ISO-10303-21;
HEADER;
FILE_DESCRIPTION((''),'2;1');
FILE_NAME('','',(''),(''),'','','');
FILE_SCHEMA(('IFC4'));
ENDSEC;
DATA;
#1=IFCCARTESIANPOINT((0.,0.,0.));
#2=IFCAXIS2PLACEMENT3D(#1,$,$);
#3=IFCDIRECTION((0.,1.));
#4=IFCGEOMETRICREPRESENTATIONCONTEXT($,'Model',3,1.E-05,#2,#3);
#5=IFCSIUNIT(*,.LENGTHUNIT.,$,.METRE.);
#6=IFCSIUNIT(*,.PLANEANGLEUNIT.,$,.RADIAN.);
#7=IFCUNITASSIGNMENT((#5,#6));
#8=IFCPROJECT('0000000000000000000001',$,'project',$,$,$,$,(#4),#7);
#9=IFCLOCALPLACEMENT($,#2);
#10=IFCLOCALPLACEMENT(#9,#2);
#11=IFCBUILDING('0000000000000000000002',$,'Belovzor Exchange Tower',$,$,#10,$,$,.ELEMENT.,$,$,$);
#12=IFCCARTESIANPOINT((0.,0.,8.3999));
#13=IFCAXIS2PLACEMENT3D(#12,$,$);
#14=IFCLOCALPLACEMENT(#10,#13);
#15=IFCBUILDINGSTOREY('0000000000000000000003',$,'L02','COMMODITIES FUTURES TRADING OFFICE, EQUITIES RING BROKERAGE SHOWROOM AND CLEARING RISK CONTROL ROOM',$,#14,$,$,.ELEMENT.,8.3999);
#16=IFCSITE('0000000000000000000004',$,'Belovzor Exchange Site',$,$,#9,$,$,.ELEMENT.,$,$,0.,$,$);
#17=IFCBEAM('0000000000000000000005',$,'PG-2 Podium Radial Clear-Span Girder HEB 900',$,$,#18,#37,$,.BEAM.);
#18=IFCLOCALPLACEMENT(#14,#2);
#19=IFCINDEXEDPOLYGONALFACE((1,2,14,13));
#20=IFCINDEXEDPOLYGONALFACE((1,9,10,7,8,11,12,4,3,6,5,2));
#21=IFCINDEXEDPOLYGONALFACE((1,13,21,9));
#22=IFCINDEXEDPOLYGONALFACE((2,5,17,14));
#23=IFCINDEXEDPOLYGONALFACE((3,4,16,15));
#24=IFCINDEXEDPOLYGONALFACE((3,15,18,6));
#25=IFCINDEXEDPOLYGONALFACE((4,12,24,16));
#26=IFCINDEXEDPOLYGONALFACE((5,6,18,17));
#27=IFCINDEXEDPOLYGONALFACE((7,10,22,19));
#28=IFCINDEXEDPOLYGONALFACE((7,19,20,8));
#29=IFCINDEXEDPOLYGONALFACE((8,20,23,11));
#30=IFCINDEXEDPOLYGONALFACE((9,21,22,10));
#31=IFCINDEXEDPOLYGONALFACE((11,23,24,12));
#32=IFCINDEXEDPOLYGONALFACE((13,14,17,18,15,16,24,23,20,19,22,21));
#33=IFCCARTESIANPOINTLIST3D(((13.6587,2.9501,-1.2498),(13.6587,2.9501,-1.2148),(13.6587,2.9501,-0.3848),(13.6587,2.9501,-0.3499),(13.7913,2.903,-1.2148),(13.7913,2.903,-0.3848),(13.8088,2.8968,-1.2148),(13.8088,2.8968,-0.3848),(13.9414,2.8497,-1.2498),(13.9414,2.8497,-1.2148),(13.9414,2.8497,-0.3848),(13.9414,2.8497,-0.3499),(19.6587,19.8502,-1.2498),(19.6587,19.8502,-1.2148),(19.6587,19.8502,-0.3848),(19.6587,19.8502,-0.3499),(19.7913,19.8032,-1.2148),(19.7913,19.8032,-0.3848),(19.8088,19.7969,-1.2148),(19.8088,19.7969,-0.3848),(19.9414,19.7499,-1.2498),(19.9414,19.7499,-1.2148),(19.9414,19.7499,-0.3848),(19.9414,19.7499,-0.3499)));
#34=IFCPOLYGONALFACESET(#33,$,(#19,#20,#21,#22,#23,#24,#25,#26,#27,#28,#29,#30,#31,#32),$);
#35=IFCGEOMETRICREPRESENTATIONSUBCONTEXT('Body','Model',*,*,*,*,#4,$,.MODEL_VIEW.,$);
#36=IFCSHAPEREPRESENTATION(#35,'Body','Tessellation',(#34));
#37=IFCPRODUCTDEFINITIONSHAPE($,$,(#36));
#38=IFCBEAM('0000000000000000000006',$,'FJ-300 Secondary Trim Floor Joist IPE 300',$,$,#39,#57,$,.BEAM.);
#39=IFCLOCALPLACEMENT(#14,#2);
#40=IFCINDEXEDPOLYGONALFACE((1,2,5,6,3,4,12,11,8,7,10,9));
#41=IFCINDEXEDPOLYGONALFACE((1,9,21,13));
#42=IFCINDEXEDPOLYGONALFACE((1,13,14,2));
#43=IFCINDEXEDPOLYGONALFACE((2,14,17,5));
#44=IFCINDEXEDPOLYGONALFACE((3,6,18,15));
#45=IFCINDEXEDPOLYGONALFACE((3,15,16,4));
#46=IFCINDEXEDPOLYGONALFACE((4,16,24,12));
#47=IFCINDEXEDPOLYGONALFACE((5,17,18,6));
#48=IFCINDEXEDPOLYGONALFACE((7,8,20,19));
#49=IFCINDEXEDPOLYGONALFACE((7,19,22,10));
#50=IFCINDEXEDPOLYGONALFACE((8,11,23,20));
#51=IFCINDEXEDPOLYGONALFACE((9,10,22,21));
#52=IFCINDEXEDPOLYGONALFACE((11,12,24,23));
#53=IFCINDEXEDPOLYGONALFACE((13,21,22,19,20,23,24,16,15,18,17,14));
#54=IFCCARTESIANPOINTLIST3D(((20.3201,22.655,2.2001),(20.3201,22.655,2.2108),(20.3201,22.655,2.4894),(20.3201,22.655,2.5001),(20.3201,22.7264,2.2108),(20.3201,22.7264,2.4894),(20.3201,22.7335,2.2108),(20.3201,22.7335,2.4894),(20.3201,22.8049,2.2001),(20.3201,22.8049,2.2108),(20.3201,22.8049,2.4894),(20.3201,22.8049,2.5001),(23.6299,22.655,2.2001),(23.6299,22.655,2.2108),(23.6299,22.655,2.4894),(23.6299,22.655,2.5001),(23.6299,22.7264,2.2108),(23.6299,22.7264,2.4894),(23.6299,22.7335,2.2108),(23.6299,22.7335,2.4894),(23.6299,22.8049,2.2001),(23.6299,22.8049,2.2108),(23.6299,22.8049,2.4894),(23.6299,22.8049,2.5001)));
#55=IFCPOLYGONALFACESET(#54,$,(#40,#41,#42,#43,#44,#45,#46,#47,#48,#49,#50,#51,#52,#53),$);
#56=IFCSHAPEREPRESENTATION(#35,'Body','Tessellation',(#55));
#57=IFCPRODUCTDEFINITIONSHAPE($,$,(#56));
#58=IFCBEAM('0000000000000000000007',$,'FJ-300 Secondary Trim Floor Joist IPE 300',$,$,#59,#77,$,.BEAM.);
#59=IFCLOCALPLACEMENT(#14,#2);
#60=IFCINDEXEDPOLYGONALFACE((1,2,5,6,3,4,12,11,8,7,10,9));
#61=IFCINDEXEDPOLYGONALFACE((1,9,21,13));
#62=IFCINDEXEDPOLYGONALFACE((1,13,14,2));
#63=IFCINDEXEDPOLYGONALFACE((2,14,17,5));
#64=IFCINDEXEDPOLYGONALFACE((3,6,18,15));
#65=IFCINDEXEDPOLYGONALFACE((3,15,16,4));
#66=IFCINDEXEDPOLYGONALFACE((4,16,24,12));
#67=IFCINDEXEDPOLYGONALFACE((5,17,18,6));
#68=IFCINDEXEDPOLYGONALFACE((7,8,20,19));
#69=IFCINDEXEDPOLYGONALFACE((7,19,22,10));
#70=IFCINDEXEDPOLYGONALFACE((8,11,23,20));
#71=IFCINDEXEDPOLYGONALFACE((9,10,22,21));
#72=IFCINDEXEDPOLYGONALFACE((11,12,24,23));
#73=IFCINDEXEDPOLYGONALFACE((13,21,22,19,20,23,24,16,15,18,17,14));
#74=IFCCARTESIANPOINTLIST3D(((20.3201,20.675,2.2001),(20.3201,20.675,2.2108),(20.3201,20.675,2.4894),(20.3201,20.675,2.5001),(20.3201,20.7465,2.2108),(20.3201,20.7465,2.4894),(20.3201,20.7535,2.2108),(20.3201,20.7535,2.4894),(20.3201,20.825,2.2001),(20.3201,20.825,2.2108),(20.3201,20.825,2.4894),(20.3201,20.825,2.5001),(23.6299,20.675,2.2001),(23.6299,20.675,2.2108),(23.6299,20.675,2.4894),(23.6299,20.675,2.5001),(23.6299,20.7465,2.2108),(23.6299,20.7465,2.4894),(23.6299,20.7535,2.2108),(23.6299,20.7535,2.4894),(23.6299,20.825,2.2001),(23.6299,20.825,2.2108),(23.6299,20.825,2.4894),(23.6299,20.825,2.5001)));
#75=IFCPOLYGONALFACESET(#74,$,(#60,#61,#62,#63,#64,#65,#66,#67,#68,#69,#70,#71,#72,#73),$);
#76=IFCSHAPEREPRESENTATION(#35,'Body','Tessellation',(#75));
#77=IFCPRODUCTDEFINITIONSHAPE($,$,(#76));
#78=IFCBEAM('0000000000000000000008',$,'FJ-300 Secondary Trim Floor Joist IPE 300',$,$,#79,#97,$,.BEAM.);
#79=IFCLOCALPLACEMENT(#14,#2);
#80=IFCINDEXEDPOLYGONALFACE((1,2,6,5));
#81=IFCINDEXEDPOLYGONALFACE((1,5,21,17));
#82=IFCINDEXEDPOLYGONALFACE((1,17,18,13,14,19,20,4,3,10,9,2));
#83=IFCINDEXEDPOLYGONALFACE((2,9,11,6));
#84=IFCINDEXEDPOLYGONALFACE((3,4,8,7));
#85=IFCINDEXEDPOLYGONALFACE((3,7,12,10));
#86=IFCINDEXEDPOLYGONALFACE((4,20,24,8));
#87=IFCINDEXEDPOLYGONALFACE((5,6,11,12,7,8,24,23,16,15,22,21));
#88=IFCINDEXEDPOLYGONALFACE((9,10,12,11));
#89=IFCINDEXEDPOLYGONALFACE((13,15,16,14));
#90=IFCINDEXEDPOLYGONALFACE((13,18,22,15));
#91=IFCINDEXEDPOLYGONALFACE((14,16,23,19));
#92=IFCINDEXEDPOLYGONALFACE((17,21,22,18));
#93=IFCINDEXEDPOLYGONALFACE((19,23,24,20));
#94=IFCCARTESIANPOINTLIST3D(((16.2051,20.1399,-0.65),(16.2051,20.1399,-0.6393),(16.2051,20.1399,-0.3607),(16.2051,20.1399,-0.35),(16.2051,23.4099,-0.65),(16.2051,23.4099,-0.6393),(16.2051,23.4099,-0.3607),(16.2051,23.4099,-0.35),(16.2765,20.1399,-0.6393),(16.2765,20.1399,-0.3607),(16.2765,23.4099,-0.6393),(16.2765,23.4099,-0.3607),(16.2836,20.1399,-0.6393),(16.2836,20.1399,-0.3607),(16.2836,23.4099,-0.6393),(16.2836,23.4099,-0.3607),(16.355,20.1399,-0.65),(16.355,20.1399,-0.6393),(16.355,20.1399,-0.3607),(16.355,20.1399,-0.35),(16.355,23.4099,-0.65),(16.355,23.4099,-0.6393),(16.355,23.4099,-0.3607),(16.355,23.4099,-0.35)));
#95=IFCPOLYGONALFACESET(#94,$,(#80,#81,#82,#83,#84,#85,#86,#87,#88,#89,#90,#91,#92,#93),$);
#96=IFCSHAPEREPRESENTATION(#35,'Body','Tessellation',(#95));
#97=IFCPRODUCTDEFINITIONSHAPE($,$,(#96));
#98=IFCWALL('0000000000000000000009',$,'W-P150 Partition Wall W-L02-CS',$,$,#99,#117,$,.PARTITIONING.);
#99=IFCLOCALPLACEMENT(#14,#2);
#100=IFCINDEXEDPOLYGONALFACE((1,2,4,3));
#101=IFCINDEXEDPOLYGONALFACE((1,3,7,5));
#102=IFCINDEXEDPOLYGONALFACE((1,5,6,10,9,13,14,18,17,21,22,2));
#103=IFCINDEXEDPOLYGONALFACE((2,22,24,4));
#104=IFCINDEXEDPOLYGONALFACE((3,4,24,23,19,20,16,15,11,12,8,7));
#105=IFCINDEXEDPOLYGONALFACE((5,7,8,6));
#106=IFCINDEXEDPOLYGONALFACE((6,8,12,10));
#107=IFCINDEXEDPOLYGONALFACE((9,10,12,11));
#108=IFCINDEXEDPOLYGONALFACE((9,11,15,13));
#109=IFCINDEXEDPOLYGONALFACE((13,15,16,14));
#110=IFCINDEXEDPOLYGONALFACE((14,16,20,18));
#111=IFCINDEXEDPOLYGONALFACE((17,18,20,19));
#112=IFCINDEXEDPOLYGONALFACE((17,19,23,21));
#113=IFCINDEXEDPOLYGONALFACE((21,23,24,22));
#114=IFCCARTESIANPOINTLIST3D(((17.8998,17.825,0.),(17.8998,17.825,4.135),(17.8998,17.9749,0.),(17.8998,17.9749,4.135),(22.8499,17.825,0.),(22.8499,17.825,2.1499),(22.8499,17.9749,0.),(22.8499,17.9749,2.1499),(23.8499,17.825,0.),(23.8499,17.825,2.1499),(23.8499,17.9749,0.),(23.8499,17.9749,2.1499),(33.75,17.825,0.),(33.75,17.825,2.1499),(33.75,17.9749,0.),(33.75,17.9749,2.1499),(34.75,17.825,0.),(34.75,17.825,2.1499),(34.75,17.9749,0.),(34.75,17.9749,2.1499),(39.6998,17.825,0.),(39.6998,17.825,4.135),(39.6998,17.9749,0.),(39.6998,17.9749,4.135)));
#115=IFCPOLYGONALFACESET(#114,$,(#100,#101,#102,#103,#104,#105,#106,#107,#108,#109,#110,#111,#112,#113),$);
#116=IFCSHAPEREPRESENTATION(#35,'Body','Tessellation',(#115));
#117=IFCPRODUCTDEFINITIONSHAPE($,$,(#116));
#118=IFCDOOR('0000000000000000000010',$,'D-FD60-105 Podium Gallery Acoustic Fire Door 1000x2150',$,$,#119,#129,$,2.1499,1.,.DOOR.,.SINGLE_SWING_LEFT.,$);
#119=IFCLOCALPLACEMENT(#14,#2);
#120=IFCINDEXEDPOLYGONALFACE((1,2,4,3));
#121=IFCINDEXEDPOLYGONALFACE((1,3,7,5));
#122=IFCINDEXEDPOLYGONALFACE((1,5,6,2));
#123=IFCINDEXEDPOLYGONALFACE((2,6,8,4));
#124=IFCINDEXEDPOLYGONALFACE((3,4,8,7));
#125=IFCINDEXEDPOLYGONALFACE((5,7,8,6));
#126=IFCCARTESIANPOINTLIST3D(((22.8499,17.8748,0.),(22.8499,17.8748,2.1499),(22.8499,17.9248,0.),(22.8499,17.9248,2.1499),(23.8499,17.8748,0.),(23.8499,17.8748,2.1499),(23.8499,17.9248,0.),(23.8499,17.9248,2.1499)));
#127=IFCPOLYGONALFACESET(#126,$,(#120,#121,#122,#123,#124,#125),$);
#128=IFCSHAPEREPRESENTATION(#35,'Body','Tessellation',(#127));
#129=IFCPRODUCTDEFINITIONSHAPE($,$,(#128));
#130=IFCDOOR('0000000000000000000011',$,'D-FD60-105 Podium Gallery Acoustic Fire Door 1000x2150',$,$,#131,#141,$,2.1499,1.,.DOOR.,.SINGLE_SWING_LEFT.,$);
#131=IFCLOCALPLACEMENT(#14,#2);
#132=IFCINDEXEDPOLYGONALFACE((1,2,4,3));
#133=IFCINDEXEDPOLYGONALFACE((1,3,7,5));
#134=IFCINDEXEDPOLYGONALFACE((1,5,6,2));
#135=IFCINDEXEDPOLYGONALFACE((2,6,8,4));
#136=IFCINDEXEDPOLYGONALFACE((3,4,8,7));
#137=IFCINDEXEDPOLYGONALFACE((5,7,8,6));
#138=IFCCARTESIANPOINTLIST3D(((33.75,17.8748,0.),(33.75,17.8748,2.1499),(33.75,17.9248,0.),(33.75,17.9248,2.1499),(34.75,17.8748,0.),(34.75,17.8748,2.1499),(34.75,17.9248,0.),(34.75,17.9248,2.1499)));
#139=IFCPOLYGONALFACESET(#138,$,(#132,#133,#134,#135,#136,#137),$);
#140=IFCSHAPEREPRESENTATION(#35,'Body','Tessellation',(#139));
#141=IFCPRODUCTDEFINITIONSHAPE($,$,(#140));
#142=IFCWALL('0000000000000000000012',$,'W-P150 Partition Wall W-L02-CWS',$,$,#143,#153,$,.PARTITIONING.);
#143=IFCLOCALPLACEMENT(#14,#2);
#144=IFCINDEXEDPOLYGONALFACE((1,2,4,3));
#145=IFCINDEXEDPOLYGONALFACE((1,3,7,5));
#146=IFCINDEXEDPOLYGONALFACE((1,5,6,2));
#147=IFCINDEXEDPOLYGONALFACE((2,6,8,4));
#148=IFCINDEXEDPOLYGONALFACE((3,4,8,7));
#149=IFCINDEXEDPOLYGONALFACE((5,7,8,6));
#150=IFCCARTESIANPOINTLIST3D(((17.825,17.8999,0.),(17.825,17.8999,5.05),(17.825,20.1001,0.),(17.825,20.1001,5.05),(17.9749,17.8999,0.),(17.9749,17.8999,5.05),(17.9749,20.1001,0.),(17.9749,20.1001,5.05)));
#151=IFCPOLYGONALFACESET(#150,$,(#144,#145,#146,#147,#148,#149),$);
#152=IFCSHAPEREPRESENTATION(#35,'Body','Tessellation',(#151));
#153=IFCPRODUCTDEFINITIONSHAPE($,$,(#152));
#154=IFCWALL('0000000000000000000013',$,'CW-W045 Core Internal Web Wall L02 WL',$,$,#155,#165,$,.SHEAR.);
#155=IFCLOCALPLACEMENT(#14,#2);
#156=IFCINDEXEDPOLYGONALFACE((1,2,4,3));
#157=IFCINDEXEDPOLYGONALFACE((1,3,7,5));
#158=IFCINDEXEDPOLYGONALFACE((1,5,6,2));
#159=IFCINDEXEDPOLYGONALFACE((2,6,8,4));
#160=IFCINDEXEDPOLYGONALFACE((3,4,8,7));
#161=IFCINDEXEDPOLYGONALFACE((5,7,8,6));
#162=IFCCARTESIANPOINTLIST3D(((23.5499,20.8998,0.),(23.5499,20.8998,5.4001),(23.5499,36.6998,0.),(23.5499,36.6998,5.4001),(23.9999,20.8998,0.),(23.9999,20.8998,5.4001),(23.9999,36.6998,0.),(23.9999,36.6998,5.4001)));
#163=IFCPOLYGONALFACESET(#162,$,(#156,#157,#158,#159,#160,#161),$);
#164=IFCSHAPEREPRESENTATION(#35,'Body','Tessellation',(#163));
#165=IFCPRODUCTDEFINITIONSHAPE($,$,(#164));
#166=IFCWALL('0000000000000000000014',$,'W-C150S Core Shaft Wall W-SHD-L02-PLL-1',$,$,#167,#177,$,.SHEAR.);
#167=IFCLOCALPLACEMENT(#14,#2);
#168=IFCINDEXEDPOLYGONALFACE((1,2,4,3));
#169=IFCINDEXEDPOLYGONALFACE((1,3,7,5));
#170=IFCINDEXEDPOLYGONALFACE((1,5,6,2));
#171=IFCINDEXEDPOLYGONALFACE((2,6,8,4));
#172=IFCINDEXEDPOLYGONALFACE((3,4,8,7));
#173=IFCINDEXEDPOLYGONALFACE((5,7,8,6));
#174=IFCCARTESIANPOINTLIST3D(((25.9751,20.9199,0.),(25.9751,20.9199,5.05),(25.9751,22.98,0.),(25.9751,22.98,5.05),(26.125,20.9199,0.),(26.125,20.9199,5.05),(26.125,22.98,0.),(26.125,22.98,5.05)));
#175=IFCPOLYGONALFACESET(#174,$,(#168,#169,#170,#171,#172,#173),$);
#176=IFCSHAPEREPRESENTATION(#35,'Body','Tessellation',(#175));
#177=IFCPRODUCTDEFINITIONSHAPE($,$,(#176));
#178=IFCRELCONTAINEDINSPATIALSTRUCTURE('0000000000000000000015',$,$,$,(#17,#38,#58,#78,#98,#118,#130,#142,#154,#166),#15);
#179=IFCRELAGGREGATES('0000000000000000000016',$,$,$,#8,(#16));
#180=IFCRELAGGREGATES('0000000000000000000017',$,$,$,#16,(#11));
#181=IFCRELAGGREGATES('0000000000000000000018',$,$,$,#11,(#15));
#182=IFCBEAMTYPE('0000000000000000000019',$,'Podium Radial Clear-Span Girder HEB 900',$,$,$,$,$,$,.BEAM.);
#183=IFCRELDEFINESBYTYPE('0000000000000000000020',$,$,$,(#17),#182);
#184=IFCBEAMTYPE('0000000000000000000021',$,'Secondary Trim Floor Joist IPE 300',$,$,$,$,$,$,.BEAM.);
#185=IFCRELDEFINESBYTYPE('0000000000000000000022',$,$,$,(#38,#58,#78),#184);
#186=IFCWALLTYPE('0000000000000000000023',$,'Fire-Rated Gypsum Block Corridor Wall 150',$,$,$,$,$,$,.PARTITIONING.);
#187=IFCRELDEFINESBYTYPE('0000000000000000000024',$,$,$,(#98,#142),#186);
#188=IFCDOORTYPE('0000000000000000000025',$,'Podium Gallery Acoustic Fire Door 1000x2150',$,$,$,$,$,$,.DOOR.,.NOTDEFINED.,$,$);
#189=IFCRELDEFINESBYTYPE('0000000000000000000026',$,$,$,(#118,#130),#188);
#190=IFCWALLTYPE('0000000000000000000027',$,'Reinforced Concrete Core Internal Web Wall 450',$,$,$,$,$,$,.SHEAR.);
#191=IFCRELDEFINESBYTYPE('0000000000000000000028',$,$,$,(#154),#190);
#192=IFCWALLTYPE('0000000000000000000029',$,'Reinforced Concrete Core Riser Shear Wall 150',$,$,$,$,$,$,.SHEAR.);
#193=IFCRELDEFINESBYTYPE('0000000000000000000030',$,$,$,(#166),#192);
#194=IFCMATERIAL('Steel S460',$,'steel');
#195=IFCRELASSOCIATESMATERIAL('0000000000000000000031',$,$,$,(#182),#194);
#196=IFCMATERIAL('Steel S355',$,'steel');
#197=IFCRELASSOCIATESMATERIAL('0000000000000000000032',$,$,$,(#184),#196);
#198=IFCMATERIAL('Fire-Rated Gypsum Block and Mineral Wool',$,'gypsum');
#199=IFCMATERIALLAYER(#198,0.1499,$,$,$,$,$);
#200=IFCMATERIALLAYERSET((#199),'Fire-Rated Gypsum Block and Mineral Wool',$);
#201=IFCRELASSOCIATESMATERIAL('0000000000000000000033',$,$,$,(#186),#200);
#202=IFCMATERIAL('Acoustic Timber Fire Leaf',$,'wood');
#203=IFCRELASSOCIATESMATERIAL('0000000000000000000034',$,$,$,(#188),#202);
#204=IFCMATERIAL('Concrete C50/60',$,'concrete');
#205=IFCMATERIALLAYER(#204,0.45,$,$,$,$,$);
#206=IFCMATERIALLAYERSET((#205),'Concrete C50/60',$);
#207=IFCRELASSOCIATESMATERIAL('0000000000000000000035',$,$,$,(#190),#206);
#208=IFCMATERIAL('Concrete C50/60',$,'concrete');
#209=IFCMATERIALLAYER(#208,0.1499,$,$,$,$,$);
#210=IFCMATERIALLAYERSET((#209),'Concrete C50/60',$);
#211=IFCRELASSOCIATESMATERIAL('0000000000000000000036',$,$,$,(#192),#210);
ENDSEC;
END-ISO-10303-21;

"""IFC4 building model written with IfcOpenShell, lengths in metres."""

from ifc_helpers import new_model, si_unit, direction, frame, frame_2d, origin, origin_2d, place, context, subcontext, project, spatial, rectangle, i_section, extrude, material, layer, layer_set, material_profile, profile_set, type_object, element, fill, save


model = new_model("IFC4")

# Units and contexts
model_context = context("Model", 3, precision=1e-05, world=origin(), true_north=direction((0.0, 1.0)))
body_context = subcontext(model_context, "Body", "Model", "MODEL_VIEW")
ifc_project = project(units=[si_unit("LENGTHUNIT", "METRE"), si_unit("PLANEANGLEUNIT", "RADIAN")], contexts=[model_context])

# Site, building, storey
site_placement = place(None, origin())
site = spatial("IfcSite", under=ifc_project, at=site_placement, Name="Belovzor Exchange Site", CompositionType="ELEMENT", RefElevation=0.0)
building_placement = place(site_placement, origin())
building = spatial("IfcBuilding", under=site, at=building_placement, Name="Belovzor Exchange Tower", CompositionType="ELEMENT")
storey_placement = place(building_placement, frame((0.0, 0.0, 8.3999)))
storey = spatial("IfcBuildingStorey", under=building, at=storey_placement, Name="L02", Description="COMMODITIES FUTURES TRADING OFFICE, EQUITIES RING BROKERAGE SHOWROOM AND CLEARING RISK CONTROL ROOM", CompositionType="ELEMENT", Elevation=8.3999)

# Beams
ifc_material_1 = material(Name="Steel S460", Category="steel")
ifc_material_profile_1 = material_profile(ifc_material_1, i_section(OverallWidth=0.3, OverallDepth=0.8999, WebThickness=0.0186, FlangeThickness=0.0349, at=origin_2d()))
ifc_profile_set_1 = profile_set([ifc_material_profile_1], Name="Steel S460")
beam_type_1 = type_object("IfcBeamType", Name="Podium Radial Clear-Span Girder HEB 900", PredefinedType="BEAM", material=ifc_profile_set_1)
beam_1_placement = place(storey_placement, frame((19.8, 19.8, -0.7998), z_axis=(-0.334567, -0.942372, 0.0), x_axis=(0.942372, -0.334567, 0.0)))
element("IfcBeam", 1, at=beam_1_placement, inside=storey, type_object=beam_type_1, Name="PG-2 Podium Radial Clear-Span Girder HEB 900", PredefinedType="BEAM", context=body_context, shape_type="SweptSolid", body=[
    extrude(i_section(OverallWidth=0.3, OverallDepth=0.8999, WebThickness=0.0186, FlangeThickness=0.0349, at=origin_2d()), origin(), (0.0, 0.0, 1.0), 17.9336),
])
ifc_material_2 = material(Name="Steel S355", Category="steel")
ifc_material_profile_2 = material_profile(ifc_material_2, i_section(OverallWidth=0.1499, OverallDepth=0.3, WebThickness=0.0071, FlangeThickness=0.0107, at=origin_2d()))
ifc_profile_set_2 = profile_set([ifc_material_profile_2], Name="Steel S355")
beam_type_2 = type_object("IfcBeamType", Name="Secondary Trim Floor Joist IPE 300", PredefinedType="BEAM", material=ifc_profile_set_2)
for number, where, z_axis, x_axis, name in (
    (2, (20.3201, 22.73, 2.3501), (1.0, 0.0, 0.0), (0.0, 1.0, 0.0), "FJ-300 Secondary Trim Floor Joist IPE 300"),
    (3, (20.3201, 20.75, 2.3501), (1.0, 0.0, 0.0), (0.0, 1.0, 0.0), "FJ-300 Secondary Trim Floor Joist IPE 300"),
):
    element("IfcBeam", number, at=place(storey_placement, frame(where, z_axis=z_axis, x_axis=x_axis)), inside=storey, type_object=beam_type_2, Name=name, PredefinedType="BEAM", context=body_context, shape_type="SweptSolid", body=[
        extrude(i_section(OverallWidth=0.1499, OverallDepth=0.3, WebThickness=0.0071, FlangeThickness=0.0107, at=origin_2d()), origin(), (0.0, 0.0, 1.0), 3.3098),
    ])
beam_2_placement = place(storey_placement, frame((16.28, 23.4099, -0.5), z_axis=(0.0, -1.0, 0.0), x_axis=(1.0, 0.0, 0.0)))
element("IfcBeam", 4, at=beam_2_placement, inside=storey, type_object=beam_type_2, Name="FJ-300 Secondary Trim Floor Joist IPE 300", PredefinedType="BEAM", context=body_context, shape_type="SweptSolid", body=[
    extrude(i_section(OverallWidth=0.1499, OverallDepth=0.3, WebThickness=0.0071, FlangeThickness=0.0107, at=origin_2d()), origin(), (0.0, 0.0, 1.0), 3.27),
])

# Wall, openings, doors
ifc_material_3 = material(Name="Fire-Rated Gypsum Block and Mineral Wool", Category="gypsum")
ifc_layer_1 = layer(ifc_material_3, 0.1499)
ifc_layer_set_1 = layer_set([ifc_layer_1], Name="Fire-Rated Gypsum Block and Mineral Wool")
wall_type_1 = type_object("IfcWallType", Name="Fire-Rated Gypsum Block Corridor Wall 150", PredefinedType="PARTITIONING", material=ifc_layer_set_1)
wall_1_placement = place(storey_placement, frame((17.8999, 17.8999, 0.0), z_axis=(0.0, 0.0, 1.0), x_axis=(1.0, 0.0, 0.0)))
wall_1 = element("IfcWall", 5, at=wall_1_placement, inside=storey, type_object=wall_type_1, Name="W-P150 Partition Wall W-L02-CS", PredefinedType="PARTITIONING", context=body_context, shape_type="SweptSolid", body=[
    extrude(rectangle(XDim=21.8, YDim=0.1499, at=frame_2d((10.8999, 0.0))), origin(), (0.0, 0.0, 1.0), 4.135),
])
opening_1_placement = place(wall_1_placement, frame((4.95, 0.0, 0.0)))
opening_1 = element("IfcOpeningElement", 6, at=opening_1_placement, cuts=wall_1, PredefinedType="OPENING", context=body_context, shape_type="SweptSolid", body=[
    extrude(rectangle(XDim=1.0, YDim=2.1499, at=frame_2d((0.5, 1.075))), frame((0.0, 0.085, 0.0), z_axis=(0.0, -1.0, 0.0), x_axis=(1.0, 0.0, 0.0)), (0.0, 0.0, 1.0), 0.1699),
])
opening_2_placement = place(wall_1_placement, frame((15.8501, 0.0, 0.0)))
opening_2 = element("IfcOpeningElement", 7, at=opening_2_placement, cuts=wall_1, PredefinedType="OPENING", context=body_context, shape_type="SweptSolid", body=[
    extrude(rectangle(XDim=1.0, YDim=2.1499, at=frame_2d((0.5, 1.075))), frame((0.0, 0.085, 0.0), z_axis=(0.0, -1.0, 0.0), x_axis=(1.0, 0.0, 0.0)), (0.0, 0.0, 1.0), 0.1699),
])
ifc_material_4 = material(Name="Acoustic Timber Fire Leaf", Category="wood")
door_type_1 = type_object("IfcDoorType", Name="Podium Gallery Acoustic Fire Door 1000x2150", OperationType="NOTDEFINED", PredefinedType="DOOR", material=ifc_material_4)
door_1_placement = place(opening_1_placement, origin())
door_1 = element("IfcDoor", 8, at=door_1_placement, inside=storey, type_object=door_type_1, Name="D-FD60-105 Podium Gallery Acoustic Fire Door 1000x2150", OperationType="SINGLE_SWING_LEFT", OverallHeight=2.1499, OverallWidth=1.0, PredefinedType="DOOR", context=body_context, shape_type="SweptSolid", body=[
    extrude(rectangle(XDim=1.0, YDim=2.1499, at=frame_2d((0.5, 1.075))), frame((0.0, 0.0249, 0.0), z_axis=(0.0, -1.0, 0.0), x_axis=(1.0, 0.0, 0.0)), (0.0, 0.0, 1.0), 0.05),
])
fill(opening_1, door_1)
door_2_placement = place(opening_2_placement, origin())
door_2 = element("IfcDoor", 9, at=door_2_placement, inside=storey, type_object=door_type_1, Name="D-FD60-105 Podium Gallery Acoustic Fire Door 1000x2150", OperationType="SINGLE_SWING_LEFT", OverallHeight=2.1499, OverallWidth=1.0, PredefinedType="DOOR", context=body_context, shape_type="SweptSolid", body=[
    extrude(rectangle(XDim=1.0, YDim=2.1499, at=frame_2d((0.5, 1.075))), frame((0.0, 0.0249, 0.0), z_axis=(0.0, -1.0, 0.0), x_axis=(1.0, 0.0, 0.0)), (0.0, 0.0, 1.0), 0.05),
])
fill(opening_2, door_2)

# Walls
wall_2_placement = place(storey_placement, frame((17.8999, 17.8999, 0.0), z_axis=(0.0, 0.0, 1.0), x_axis=(0.0, 1.0, 0.0)))
element("IfcWall", 10, at=wall_2_placement, inside=storey, type_object=wall_type_1, Name="W-P150 Partition Wall W-L02-CWS", PredefinedType="PARTITIONING", context=body_context, shape_type="SweptSolid", body=[
    extrude(rectangle(XDim=2.2002, YDim=0.1499, at=frame_2d((1.1001, 0.0))), origin(), (0.0, 0.0, 1.0), 5.05),
])
ifc_material_5 = material(Name="Concrete C50/60", Category="concrete")
ifc_layer_2 = layer(ifc_material_5, 0.45)
ifc_layer_set_2 = layer_set([ifc_layer_2], Name="Concrete C50/60")
wall_type_2 = type_object("IfcWallType", Name="Reinforced Concrete Core Internal Web Wall 450", PredefinedType="SHEAR", material=ifc_layer_set_2)
wall_3_placement = place(storey_placement, frame((23.7749, 20.8999, 0.0), z_axis=(0.0, 0.0, 1.0), x_axis=(0.0, 1.0, 0.0)))
element("IfcWall", 11, at=wall_3_placement, inside=storey, type_object=wall_type_2, Name="CW-W045 Core Internal Web Wall L02 WL", PredefinedType="SHEAR", context=body_context, shape_type="SweptSolid", body=[
    extrude(rectangle(XDim=15.8, YDim=0.45, at=frame_2d((7.8999, 0.0))), origin(), (0.0, 0.0, 1.0), 5.4001),
])
ifc_material_6 = material(Name="Concrete C50/60", Category="concrete")
ifc_layer_3 = layer(ifc_material_6, 0.1499)
ifc_layer_set_3 = layer_set([ifc_layer_3], Name="Concrete C50/60")
wall_type_3 = type_object("IfcWallType", Name="Reinforced Concrete Core Riser Shear Wall 150", PredefinedType="SHEAR", material=ifc_layer_set_3)
wall_4_placement = place(storey_placement, frame((26.05, 20.9199, 0.0), z_axis=(0.0, 0.0, 1.0), x_axis=(0.0, 1.0, 0.0)))
element("IfcWall", 12, at=wall_4_placement, inside=storey, type_object=wall_type_3, Name="W-C150S Core Shaft Wall W-SHD-L02-PLL-1", PredefinedType="SHEAR", context=body_context, shape_type="SweptSolid", body=[
    extrude(rectangle(XDim=2.0601, YDim=0.1499, at=frame_2d((1.03, 0.0))), origin(), (0.0, 0.0, 1.0), 5.05),
])

save(model, "model.ifc")
